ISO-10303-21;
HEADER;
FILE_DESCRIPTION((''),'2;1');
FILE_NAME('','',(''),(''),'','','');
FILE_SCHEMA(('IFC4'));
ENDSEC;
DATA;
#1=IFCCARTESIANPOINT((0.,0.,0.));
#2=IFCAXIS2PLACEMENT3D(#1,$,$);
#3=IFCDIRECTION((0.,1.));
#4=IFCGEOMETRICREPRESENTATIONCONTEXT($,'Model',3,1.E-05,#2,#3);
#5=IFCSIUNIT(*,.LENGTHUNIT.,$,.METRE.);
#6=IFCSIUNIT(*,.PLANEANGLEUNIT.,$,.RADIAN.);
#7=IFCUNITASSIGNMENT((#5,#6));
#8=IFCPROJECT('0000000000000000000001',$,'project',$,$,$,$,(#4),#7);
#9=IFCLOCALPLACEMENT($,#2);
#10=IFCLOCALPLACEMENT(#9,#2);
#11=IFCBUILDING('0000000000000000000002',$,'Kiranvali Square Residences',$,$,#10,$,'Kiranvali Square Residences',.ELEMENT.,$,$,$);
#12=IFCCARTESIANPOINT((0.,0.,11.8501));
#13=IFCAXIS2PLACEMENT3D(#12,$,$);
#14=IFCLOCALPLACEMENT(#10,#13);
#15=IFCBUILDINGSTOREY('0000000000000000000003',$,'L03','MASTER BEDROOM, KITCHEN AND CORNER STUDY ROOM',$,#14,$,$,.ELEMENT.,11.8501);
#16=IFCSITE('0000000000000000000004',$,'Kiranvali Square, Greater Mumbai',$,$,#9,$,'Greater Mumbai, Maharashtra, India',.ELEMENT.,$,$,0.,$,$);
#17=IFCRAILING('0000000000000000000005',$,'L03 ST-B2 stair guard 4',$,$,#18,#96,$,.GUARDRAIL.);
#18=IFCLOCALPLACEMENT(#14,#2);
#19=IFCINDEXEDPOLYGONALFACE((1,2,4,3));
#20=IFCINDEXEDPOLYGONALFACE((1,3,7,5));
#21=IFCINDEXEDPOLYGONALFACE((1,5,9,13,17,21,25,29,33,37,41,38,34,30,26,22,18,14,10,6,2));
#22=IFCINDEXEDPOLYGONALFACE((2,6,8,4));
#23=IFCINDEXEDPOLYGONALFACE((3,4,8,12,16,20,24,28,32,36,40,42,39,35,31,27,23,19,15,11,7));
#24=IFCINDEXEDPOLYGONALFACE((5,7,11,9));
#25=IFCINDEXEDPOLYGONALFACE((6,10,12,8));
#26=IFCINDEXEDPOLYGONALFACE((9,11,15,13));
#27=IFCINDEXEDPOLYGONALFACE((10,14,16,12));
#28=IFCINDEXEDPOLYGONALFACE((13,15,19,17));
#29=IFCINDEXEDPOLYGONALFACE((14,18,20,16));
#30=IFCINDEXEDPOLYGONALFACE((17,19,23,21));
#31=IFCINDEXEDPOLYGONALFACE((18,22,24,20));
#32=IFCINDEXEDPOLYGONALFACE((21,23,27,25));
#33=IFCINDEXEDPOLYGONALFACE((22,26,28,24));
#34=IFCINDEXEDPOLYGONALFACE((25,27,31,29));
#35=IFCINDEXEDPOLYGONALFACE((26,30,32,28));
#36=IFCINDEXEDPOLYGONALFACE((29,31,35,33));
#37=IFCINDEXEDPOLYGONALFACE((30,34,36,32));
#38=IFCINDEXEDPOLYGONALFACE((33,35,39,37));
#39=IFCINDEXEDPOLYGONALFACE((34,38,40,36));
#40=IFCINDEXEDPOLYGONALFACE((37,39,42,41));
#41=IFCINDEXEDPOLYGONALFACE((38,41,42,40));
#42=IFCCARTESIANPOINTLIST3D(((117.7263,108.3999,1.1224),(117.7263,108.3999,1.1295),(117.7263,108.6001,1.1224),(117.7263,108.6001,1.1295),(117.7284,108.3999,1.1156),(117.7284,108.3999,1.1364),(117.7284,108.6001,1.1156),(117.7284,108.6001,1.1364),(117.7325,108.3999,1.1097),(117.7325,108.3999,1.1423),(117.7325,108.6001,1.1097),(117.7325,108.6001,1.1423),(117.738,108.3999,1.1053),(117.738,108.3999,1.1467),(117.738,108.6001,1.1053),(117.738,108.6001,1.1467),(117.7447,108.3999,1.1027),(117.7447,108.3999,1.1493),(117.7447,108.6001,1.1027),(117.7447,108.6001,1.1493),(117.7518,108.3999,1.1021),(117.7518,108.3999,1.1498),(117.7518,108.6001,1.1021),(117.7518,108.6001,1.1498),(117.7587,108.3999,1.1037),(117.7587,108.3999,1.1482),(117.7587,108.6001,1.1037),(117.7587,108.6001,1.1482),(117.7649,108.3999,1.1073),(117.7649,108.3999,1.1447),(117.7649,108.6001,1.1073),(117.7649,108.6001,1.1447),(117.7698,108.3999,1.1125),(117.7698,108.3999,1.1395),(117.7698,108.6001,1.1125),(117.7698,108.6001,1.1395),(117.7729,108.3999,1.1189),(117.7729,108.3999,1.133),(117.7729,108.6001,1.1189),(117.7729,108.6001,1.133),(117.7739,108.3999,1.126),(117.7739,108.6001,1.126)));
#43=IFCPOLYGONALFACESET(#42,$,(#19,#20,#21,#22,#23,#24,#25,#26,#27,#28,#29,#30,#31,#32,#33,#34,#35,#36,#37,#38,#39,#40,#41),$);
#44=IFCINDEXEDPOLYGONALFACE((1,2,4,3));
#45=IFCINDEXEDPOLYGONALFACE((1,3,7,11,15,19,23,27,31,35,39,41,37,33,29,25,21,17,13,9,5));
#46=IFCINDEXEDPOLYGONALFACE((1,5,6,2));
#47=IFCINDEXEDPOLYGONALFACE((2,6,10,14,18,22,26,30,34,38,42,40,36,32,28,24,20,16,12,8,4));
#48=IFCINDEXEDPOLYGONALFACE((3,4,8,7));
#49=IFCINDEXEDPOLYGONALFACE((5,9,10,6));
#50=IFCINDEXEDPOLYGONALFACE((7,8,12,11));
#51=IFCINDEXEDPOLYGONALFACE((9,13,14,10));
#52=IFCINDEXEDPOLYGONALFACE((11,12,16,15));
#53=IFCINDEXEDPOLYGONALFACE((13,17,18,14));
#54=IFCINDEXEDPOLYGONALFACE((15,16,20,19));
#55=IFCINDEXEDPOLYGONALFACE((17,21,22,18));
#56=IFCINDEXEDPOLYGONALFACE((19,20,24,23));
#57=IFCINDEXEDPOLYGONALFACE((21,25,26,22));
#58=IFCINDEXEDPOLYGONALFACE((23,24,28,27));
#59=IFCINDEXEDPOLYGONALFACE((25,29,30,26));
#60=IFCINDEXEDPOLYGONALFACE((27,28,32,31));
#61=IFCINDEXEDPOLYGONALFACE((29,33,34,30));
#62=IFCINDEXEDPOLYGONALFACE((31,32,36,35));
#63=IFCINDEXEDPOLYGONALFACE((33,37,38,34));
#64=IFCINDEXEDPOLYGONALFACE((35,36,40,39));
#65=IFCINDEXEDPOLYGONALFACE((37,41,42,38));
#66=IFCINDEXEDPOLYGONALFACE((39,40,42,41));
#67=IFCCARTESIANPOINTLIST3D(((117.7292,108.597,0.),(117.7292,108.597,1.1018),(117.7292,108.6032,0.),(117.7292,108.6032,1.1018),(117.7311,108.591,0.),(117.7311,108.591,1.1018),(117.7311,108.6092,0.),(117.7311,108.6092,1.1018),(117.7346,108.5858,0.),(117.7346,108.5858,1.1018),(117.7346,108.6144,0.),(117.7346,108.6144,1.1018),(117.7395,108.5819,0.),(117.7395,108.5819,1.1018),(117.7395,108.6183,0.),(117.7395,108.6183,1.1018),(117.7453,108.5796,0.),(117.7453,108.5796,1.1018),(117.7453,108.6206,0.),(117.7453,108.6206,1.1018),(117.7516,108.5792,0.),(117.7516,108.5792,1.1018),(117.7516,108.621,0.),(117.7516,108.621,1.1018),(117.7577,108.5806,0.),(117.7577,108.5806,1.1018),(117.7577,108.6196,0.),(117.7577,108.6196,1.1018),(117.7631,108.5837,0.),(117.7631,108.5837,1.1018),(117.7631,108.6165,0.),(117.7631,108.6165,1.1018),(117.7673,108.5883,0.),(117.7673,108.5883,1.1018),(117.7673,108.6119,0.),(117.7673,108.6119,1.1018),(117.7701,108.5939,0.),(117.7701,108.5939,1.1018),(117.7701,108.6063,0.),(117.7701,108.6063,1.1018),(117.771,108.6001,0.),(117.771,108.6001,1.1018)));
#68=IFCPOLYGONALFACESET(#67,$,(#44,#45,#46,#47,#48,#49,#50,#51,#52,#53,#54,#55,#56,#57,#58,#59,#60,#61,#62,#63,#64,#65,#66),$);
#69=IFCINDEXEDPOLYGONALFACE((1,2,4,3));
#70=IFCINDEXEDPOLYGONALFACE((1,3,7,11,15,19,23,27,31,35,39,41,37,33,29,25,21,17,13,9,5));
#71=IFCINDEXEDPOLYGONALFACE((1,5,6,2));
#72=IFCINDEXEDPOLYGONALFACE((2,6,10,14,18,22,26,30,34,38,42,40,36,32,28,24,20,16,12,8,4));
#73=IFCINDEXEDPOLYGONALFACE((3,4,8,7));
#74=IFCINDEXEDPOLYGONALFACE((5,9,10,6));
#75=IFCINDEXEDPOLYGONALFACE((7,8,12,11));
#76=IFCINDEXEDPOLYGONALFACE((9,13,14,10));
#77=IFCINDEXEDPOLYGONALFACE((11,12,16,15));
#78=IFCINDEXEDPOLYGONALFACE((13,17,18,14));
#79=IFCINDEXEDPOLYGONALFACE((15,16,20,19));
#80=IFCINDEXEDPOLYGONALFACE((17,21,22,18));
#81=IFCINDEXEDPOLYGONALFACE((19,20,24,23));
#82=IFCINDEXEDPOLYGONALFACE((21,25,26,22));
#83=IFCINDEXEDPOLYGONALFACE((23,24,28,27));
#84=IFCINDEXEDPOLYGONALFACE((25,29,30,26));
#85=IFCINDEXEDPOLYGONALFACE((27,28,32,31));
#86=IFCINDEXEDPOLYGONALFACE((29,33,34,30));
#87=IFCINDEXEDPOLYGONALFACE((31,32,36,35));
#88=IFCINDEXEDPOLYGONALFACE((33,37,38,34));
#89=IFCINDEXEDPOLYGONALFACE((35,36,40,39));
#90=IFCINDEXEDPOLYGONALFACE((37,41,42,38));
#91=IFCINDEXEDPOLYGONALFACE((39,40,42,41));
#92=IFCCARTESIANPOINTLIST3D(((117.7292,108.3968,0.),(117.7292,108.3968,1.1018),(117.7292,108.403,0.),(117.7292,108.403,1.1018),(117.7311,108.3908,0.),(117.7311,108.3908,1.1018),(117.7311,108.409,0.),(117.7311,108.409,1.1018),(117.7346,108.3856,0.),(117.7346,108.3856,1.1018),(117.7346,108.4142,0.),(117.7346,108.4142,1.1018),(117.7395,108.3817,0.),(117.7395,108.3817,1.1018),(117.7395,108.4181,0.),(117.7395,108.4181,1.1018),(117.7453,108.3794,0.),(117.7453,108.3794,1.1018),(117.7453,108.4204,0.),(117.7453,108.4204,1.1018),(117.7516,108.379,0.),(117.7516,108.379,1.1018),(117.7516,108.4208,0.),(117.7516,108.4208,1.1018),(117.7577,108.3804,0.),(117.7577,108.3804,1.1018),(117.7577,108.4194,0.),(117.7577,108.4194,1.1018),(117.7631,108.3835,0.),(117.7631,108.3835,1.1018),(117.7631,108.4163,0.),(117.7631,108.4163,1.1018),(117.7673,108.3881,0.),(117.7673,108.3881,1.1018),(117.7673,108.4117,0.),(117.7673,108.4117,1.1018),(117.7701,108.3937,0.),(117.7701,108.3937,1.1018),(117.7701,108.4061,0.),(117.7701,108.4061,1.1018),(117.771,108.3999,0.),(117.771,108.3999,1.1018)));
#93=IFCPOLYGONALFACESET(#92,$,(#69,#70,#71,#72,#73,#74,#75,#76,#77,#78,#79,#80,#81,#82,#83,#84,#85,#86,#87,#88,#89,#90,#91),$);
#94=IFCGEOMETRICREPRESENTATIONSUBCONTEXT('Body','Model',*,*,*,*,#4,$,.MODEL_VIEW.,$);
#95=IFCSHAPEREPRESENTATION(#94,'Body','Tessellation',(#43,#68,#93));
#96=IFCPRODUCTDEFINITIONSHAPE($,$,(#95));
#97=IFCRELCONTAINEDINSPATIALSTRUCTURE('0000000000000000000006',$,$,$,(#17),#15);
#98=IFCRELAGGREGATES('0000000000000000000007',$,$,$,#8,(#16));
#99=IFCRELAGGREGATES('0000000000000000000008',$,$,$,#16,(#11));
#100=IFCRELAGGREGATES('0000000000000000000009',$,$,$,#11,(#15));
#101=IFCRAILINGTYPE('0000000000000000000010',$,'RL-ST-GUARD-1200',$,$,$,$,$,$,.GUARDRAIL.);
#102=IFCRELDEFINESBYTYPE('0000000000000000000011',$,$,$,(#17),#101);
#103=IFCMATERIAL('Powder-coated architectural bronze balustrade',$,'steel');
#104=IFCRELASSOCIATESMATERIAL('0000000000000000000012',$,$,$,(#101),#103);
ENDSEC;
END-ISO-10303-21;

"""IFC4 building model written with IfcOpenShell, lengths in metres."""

from ifc_helpers import new_model, si_unit, direction, frame, origin, origin_2d, place, context, subcontext, project, spatial, circle, extrude, material, type_object, element, save


model = new_model("IFC4")

# Units and contexts
model_context = context("Model", 3, precision=1e-05, world=origin(), true_north=direction((0.0, 1.0)))
body_context = subcontext(model_context, "Body", "Model", "MODEL_VIEW")
ifc_project = project(units=[si_unit("LENGTHUNIT", "METRE"), si_unit("PLANEANGLEUNIT", "RADIAN")], contexts=[model_context])

# Site, building, storey
site_placement = place(None, origin())
site = spatial("IfcSite", under=ifc_project, at=site_placement, Name="Kiranvali Square, Greater Mumbai", LongName="Greater Mumbai, Maharashtra, India", CompositionType="ELEMENT", RefElevation=0.0)
building_placement = place(site_placement, origin())
building = spatial("IfcBuilding", under=site, at=building_placement, Name="Kiranvali Square Residences", LongName="Kiranvali Square Residences", CompositionType="ELEMENT")
storey_placement = place(building_placement, frame((0.0, 0.0, 11.8501)))
storey = spatial("IfcBuildingStorey", under=building, at=storey_placement, Name="L03", Description="MASTER BEDROOM, KITCHEN AND CORNER STUDY ROOM", CompositionType="ELEMENT", Elevation=11.8501)

# Railing
ifc_material_1 = material(Name="Powder-coated architectural bronze balustrade", Category="steel")
railing_type_1 = type_object("IfcRailingType", Name="RL-ST-GUARD-1200", PredefinedType="GUARDRAIL", material=ifc_material_1)
railing_1_placement = place(storey_placement, frame((117.75, 108.6001, 0.0)))
element("IfcRailing", 1, at=railing_1_placement, inside=storey, type_object=railing_type_1, Name="L03 ST-B2 stair guard 4", PredefinedType="GUARDRAIL", context=body_context, shape_type="SweptSolid", body=[
    extrude(circle(Radius=0.0239, at=origin_2d()), frame((0.0, 0.0, 1.126), z_axis=(0.0, -1.0, 0.0), x_axis=(1.0, 0.0, 0.0)), (0.0, 0.0, 1.0), 0.2002),
    extrude(circle(Radius=0.021, at=origin_2d()), origin(), (0.0, 0.0, 1.0), 1.1018),
    extrude(circle(Radius=0.021, at=origin_2d()), frame((0.0, -0.2002, 0.0)), (0.0, 0.0, 1.0), 1.1018),
])

save(model, "model.ifc")
